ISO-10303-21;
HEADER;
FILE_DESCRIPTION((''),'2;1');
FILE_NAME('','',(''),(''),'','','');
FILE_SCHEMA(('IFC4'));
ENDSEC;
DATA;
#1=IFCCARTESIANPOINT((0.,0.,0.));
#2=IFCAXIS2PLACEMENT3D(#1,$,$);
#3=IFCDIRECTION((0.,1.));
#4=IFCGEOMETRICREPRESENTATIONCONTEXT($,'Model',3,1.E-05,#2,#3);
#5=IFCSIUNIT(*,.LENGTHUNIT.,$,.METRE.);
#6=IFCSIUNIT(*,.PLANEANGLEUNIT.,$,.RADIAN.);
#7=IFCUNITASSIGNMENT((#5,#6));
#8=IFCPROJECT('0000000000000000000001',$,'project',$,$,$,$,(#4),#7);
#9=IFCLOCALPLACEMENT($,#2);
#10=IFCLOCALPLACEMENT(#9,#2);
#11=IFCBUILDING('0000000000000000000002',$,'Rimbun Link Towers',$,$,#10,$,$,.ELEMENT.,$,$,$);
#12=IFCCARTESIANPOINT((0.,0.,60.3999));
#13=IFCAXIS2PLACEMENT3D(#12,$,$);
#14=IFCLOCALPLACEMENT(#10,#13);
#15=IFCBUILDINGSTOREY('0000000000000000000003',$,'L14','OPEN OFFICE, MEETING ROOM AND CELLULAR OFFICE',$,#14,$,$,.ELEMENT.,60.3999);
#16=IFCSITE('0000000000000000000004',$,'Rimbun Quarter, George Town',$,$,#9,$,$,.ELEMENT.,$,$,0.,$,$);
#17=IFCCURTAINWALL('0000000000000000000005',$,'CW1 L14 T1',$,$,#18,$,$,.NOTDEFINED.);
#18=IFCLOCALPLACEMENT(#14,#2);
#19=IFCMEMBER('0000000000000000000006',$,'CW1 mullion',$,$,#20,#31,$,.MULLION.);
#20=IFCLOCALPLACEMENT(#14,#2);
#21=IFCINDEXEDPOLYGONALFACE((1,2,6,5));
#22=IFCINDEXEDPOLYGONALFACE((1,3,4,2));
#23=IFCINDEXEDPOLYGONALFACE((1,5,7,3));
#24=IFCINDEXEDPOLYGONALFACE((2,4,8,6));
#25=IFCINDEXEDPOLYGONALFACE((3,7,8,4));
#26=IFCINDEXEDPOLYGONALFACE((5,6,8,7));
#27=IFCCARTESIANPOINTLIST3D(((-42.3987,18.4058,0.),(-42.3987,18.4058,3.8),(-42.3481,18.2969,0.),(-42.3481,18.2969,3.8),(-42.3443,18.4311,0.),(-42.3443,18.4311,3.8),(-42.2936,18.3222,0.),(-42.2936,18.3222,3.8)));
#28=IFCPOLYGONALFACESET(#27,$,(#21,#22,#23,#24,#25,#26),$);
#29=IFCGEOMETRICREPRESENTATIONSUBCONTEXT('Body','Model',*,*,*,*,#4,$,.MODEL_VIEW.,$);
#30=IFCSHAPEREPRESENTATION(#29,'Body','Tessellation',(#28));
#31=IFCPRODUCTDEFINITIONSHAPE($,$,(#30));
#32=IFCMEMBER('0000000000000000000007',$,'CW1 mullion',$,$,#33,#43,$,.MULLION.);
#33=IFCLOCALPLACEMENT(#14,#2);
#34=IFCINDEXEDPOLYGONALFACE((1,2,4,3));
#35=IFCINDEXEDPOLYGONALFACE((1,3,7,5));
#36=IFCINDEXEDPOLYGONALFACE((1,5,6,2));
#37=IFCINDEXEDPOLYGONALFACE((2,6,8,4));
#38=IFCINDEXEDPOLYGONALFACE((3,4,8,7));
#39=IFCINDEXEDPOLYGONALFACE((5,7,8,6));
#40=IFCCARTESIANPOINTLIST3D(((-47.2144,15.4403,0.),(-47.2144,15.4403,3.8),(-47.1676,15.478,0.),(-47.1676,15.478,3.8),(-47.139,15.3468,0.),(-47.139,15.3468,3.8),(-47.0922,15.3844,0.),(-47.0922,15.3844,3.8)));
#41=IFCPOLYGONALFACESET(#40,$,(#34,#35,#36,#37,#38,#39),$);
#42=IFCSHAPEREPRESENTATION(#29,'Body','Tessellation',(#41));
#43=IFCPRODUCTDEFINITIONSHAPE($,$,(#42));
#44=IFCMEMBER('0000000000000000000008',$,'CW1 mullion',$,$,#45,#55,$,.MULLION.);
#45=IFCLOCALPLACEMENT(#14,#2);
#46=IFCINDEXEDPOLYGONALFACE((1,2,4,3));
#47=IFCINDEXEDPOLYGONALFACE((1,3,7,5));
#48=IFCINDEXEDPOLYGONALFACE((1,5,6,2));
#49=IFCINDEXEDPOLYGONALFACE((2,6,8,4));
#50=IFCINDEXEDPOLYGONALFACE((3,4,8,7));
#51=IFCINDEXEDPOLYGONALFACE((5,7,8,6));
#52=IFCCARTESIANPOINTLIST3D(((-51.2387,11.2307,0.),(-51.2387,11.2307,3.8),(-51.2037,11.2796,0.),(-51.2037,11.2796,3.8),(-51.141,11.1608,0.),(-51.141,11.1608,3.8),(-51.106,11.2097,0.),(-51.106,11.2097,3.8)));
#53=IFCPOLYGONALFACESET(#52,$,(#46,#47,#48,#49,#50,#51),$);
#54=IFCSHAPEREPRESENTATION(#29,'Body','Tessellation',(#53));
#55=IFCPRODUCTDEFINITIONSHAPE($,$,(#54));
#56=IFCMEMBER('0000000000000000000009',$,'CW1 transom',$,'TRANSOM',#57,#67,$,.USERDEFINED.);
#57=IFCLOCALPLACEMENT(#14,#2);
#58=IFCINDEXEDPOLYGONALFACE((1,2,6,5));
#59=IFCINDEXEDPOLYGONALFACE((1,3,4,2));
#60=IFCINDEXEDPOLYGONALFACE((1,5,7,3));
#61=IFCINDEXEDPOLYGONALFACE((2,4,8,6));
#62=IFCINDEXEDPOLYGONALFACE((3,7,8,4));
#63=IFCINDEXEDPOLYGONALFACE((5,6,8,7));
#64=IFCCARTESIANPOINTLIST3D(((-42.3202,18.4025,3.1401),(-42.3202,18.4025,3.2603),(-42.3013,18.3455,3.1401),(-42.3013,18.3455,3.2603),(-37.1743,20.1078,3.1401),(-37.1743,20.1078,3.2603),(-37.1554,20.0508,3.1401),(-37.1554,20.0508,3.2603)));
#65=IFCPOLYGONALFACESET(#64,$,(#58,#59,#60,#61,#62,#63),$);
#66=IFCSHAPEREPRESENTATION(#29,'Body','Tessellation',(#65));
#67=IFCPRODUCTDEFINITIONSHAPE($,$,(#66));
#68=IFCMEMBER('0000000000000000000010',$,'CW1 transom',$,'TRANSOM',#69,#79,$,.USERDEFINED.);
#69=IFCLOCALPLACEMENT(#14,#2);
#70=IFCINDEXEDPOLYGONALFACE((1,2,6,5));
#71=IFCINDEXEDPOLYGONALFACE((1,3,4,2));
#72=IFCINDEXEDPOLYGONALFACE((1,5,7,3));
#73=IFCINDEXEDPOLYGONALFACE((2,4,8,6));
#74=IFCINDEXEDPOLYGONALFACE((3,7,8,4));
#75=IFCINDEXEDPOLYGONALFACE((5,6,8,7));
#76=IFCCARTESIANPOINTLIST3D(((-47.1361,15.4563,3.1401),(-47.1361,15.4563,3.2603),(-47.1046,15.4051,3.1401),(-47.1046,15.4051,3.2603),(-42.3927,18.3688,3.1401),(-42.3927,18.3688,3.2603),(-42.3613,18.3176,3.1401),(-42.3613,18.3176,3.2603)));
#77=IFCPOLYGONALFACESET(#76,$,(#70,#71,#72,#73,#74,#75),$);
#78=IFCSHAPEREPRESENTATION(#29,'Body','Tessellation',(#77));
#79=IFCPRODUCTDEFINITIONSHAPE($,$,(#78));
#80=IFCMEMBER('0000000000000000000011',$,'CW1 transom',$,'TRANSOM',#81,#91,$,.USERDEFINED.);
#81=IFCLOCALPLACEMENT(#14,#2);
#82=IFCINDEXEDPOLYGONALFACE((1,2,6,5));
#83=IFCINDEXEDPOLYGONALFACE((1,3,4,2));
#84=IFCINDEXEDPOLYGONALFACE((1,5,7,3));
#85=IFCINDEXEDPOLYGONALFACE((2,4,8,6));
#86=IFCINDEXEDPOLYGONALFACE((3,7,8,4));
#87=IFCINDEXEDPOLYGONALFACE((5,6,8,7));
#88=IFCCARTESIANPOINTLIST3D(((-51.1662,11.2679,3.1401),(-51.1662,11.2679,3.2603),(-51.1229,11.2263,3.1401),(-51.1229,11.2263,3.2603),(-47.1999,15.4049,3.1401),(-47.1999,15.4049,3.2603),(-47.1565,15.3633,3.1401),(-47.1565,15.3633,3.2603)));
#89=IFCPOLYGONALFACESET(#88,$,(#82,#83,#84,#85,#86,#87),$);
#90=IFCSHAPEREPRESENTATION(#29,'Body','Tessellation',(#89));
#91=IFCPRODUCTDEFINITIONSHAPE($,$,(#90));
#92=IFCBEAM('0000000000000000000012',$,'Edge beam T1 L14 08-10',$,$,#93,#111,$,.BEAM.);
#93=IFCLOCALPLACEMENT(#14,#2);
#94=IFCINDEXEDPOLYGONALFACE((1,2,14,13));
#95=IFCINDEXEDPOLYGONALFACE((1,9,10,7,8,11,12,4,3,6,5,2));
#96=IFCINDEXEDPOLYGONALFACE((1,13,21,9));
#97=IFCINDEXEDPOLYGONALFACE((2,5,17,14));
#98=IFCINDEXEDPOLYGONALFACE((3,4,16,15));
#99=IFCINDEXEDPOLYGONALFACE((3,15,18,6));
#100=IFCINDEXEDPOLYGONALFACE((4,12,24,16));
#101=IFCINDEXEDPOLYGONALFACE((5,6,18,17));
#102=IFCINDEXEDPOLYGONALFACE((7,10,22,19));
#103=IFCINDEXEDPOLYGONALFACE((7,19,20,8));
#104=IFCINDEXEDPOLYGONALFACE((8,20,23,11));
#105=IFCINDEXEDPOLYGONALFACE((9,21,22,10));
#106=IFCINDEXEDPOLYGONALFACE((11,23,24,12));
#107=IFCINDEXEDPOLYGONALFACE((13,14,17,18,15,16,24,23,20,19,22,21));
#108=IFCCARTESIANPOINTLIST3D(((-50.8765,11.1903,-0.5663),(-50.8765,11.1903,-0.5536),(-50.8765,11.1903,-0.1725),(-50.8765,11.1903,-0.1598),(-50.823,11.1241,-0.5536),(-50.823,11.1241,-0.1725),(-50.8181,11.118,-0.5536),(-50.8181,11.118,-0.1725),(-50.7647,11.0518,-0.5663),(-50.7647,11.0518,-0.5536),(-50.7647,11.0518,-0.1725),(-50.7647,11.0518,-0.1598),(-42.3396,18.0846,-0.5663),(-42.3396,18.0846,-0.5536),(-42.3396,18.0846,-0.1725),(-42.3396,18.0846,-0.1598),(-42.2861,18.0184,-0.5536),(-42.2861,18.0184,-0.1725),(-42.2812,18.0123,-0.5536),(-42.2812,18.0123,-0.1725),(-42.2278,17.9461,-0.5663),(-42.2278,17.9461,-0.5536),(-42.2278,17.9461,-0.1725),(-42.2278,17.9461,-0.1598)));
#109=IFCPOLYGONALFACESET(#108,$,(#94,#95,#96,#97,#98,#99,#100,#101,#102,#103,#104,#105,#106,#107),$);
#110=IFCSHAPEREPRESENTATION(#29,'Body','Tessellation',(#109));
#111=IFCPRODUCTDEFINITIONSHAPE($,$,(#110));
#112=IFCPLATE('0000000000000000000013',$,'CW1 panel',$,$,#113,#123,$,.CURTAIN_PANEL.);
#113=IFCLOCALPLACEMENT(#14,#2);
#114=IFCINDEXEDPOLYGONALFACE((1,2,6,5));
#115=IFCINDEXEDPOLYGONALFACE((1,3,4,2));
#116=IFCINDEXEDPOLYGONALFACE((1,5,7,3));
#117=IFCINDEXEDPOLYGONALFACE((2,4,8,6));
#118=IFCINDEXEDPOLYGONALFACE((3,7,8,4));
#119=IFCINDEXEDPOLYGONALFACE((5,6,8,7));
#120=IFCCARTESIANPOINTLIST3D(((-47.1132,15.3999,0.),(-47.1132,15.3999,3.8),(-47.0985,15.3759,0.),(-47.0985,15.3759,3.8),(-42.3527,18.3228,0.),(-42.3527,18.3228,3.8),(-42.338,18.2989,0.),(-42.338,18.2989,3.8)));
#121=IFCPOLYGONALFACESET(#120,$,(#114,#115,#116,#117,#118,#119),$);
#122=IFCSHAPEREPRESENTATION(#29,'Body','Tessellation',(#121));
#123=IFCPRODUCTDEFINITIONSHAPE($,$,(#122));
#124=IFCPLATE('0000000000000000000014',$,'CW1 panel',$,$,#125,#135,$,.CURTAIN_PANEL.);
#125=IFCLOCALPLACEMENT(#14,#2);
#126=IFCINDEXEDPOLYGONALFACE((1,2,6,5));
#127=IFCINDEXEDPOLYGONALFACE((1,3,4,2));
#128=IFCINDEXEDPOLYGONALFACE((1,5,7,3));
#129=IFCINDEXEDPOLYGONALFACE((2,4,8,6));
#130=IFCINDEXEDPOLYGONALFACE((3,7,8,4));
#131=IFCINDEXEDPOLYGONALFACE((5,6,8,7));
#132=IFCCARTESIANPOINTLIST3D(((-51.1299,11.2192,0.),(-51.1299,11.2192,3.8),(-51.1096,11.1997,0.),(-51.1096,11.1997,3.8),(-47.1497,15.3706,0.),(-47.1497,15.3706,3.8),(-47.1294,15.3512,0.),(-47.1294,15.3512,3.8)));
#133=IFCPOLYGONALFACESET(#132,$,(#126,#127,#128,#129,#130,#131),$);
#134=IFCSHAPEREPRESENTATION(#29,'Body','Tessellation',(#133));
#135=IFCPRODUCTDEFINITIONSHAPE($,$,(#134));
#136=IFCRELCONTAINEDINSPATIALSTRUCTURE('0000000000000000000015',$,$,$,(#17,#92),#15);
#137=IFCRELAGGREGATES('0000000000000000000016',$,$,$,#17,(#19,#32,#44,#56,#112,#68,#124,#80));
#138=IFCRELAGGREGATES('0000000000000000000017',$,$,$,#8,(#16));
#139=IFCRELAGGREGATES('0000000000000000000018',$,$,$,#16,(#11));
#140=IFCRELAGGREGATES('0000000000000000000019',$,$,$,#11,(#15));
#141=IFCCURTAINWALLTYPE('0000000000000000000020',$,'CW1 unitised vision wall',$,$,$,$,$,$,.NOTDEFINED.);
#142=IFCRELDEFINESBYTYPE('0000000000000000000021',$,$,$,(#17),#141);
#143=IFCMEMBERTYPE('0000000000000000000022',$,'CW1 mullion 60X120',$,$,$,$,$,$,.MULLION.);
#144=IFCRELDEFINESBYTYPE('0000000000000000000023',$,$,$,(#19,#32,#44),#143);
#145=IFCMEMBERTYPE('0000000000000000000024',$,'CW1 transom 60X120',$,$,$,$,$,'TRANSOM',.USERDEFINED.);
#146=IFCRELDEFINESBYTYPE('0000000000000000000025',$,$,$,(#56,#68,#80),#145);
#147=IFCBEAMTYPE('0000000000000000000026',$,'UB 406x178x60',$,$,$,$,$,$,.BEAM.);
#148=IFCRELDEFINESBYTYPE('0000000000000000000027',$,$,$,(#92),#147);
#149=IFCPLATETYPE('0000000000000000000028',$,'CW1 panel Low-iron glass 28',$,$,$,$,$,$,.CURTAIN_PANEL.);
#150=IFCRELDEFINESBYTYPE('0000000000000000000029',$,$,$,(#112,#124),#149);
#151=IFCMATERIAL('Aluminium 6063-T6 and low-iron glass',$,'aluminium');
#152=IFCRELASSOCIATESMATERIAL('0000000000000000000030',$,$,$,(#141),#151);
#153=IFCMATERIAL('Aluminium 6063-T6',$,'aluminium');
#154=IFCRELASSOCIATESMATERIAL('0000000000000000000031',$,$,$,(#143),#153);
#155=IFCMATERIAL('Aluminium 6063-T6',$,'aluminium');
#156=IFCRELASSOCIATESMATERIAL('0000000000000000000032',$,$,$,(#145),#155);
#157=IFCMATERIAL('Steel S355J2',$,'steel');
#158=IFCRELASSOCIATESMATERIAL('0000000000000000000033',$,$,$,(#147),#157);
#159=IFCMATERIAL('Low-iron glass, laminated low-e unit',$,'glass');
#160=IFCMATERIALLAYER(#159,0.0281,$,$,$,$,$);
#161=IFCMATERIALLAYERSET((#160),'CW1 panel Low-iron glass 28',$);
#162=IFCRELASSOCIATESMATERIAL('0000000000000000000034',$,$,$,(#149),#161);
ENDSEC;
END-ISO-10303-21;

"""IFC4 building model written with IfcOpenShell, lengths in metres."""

from ifc_helpers import new_model, si_unit, direction, frame, origin, origin_2d, place, context, subcontext, project, spatial, rectangle, i_section, extrude, material, layer, layer_set, material_profile, profile_set, type_object, element, aggregate, save


model = new_model("IFC4")

# Units and contexts
model_context = context("Model", 3, precision=1e-05, world=origin(), true_north=direction((0.0, 1.0)))
body_context = subcontext(model_context, "Body", "Model", "MODEL_VIEW")
ifc_project = project(units=[si_unit("LENGTHUNIT", "METRE"), si_unit("PLANEANGLEUNIT", "RADIAN")], contexts=[model_context])

# Site, building, storey
site_placement = place(None, origin())
site = spatial("IfcSite", under=ifc_project, at=site_placement, Name="Rimbun Quarter, George Town", CompositionType="ELEMENT", RefElevation=0.0)
building_placement = place(site_placement, origin())
building = spatial("IfcBuilding", under=site, at=building_placement, Name="Rimbun Link Towers", CompositionType="ELEMENT")
storey_placement = place(building_placement, frame((0.0, 0.0, 60.3999)))
storey = spatial("IfcBuildingStorey", under=building, at=storey_placement, Name="L14", Description="OPEN OFFICE, MEETING ROOM AND CELLULAR OFFICE", CompositionType="ELEMENT", Elevation=60.3999)

# Curtain wall, members
ifc_material_1 = material(Name="Aluminium 6063-T6 and low-iron glass", Category="aluminium")
curtain_wall_type = type_object("IfcCurtainWallType", Name="CW1 unitised vision wall", PredefinedType="NOTDEFINED", material=ifc_material_1)
curtain_wall_placement = place(storey_placement, origin())
curtain_wall = element("IfcCurtainWall", 1, at=curtain_wall_placement, inside=storey, type_object=curtain_wall_type, Name="CW1 L14 T1", PredefinedType="NOTDEFINED")
ifc_material_2 = material(Name="Aluminium 6063-T6", Category="aluminium")
ifc_material_profile_1 = material_profile(ifc_material_2, rectangle(XDim=0.1201, YDim=0.0601, at=origin_2d()), Name="MULLION 60X120")
ifc_profile_set_1 = profile_set([ifc_material_profile_1], Name="Aluminium 6063-T6")
member_type_1 = type_object("IfcMemberType", Name="CW1 mullion 60X120", PredefinedType="MULLION", material=ifc_profile_set_1)
member_1_placement = place(storey_placement, frame((-42.3462, 18.364, 0.0), z_axis=(0.0, 0.0, 1.0), x_axis=(-0.421705, 0.906733, 0.0)))
member_1 = element("IfcMember", 2, at=member_1_placement, type_object=member_type_1, Name="CW1 mullion", PredefinedType="MULLION", context=body_context, shape_type="SweptSolid", body=[
    extrude(rectangle(XDim=0.1201, YDim=0.0601, at=origin_2d()), origin(), (0.0, 0.0, 1.0), 3.8),
])
member_2_placement = place(storey_placement, frame((-47.1533, 15.4124, 0.0), z_axis=(0.0, 0.0, 1.0), x_axis=(-0.627666, 0.778483, 0.0)))
member_2 = element("IfcMember", 3, at=member_2_placement, type_object=member_type_1, Name="CW1 mullion", PredefinedType="MULLION", context=body_context, shape_type="SweptSolid", body=[
    extrude(rectangle(XDim=0.1201, YDim=0.0601, at=origin_2d()), origin(), (0.0, 0.0, 1.0), 3.8),
])
member_3_placement = place(storey_placement, frame((-51.1724, 11.2202, 0.0), z_axis=(0.0, 0.0, 1.0), x_axis=(-0.813348, 0.581777, 0.0)))
member_3 = element("IfcMember", 4, at=member_3_placement, type_object=member_type_1, Name="CW1 mullion", PredefinedType="MULLION", context=body_context, shape_type="SweptSolid", body=[
    extrude(rectangle(XDim=0.1201, YDim=0.0601, at=origin_2d()), origin(), (0.0, 0.0, 1.0), 3.8),
])
ifc_material_3 = material(Name="Aluminium 6063-T6", Category="aluminium")
ifc_material_profile_2 = material_profile(ifc_material_3, rectangle(XDim=0.0601, YDim=0.1201, at=origin_2d()), Name="TRANSOM 60X120")
ifc_profile_set_2 = profile_set([ifc_material_profile_2], Name="Aluminium 6063-T6")
member_type_2 = type_object("IfcMemberType", Name="CW1 transom 60X120", ElementType="TRANSOM", PredefinedType="USERDEFINED", material=ifc_profile_set_2)
member_4_placement = place(storey_placement, frame((-42.3108, 18.374, 3.2002), z_axis=(0.949236, 0.314566, 0.0), x_axis=(-0.314566, 0.949236, 0.0)))
member_4 = element("IfcMember", 5, at=member_4_placement, type_object=member_type_2, Name="CW1 transom", ObjectType="TRANSOM", PredefinedType="USERDEFINED", context=body_context, shape_type="SweptSolid", body=[
    extrude(rectangle(XDim=0.0601, YDim=0.1201, at=origin_2d()), origin(), (0.0, 0.0, 1.0), 5.4211),
])
member_5_placement = place(storey_placement, frame((-47.1204, 15.4307, 3.2002), z_axis=(0.852173, 0.52326, 0.0), x_axis=(-0.52326, 0.852173, 0.0)))
member_5 = element("IfcMember", 6, at=member_5_placement, type_object=member_type_2, Name="CW1 transom", ObjectType="TRANSOM", PredefinedType="USERDEFINED", context=body_context, shape_type="SweptSolid", body=[
    extrude(rectangle(XDim=0.0601, YDim=0.1201, at=origin_2d()), origin(), (0.0, 0.0, 1.0), 5.5662),
])
member_6_placement = place(storey_placement, frame((-51.1445, 11.2471, 3.2002), z_axis=(0.692062, 0.721838, 0.0), x_axis=(-0.721838, 0.692062, 0.0)))
member_6 = element("IfcMember", 7, at=member_6_placement, type_object=member_type_2, Name="CW1 transom", ObjectType="TRANSOM", PredefinedType="USERDEFINED", context=body_context, shape_type="SweptSolid", body=[
    extrude(rectangle(XDim=0.0601, YDim=0.1201, at=origin_2d()), origin(), (0.0, 0.0, 1.0), 5.7312),
])

# Beam
ifc_material_4 = material(Name="Steel S355J2", Category="steel")
ifc_material_profile_3 = material_profile(ifc_material_4, i_section(OverallWidth=0.178, OverallDepth=0.4065, WebThickness=0.0078, FlangeThickness=0.0127, at=origin_2d()), Name="UB 406x178x60")
ifc_profile_set_3 = profile_set([ifc_material_profile_3], Name="Steel S355J2")
beam_type = type_object("IfcBeamType", Name="UB 406x178x60", PredefinedType="BEAM", material=ifc_profile_set_3)
beam_placement = place(storey_placement, frame((-42.2837, 18.0154, -0.363), z_axis=(-0.77798, -0.628289, 0.0), x_axis=(0.628289, -0.77798, 0.0)))
element("IfcBeam", 8, at=beam_placement, inside=storey, type_object=beam_type, Name="Edge beam T1 L14 08-10", PredefinedType="BEAM", context=body_context, shape_type="SweptSolid", body=[
    extrude(i_section(OverallWidth=0.178, OverallDepth=0.4065, WebThickness=0.0078, FlangeThickness=0.0127, at=origin_2d()), origin(), (0.0, 0.0, 1.0), 10.9731),
])

# Plates
ifc_material_5 = material(Name="Low-iron glass, laminated low-e unit", Category="glass")
ifc_layer_1 = layer(ifc_material_5, 0.0281)
ifc_layer_set_1 = layer_set([ifc_layer_1], Name="CW1 panel Low-iron glass 28")
plate_type = type_object("IfcPlateType", Name="CW1 panel Low-iron glass 28", PredefinedType="CURTAIN_PANEL", material=ifc_layer_set_1)
plate_1_placement = place(storey_placement, frame((-44.7256, 16.8494, 0.0), z_axis=(0.0, 0.0, 1.0), x_axis=(0.852183, 0.523243, 0.0)))
plate_1 = element("IfcPlate", 9, at=plate_1_placement, type_object=plate_type, Name="CW1 panel", PredefinedType="CURTAIN_PANEL", context=body_context, shape_type="SweptSolid", body=[
    extrude(rectangle(XDim=5.5862, YDim=0.0281, at=origin_2d()), origin(), (0.0, 0.0, 1.0), 3.8),
])
plate_2_placement = place(storey_placement, frame((-49.1296, 13.2852, 0.0), z_axis=(0.0, 0.0, 1.0), x_axis=(0.692065, 0.721835, 0.0)))
plate_2 = element("IfcPlate", 10, at=plate_2_placement, type_object=plate_type, Name="CW1 panel", PredefinedType="CURTAIN_PANEL", context=body_context, shape_type="SweptSolid", body=[
    extrude(rectangle(XDim=5.7512, YDim=0.0281, at=origin_2d()), origin(), (0.0, 0.0, 1.0), 3.8),
])
aggregate(curtain_wall, [member_1, member_2, member_3, member_4, plate_1, member_5, plate_2, member_6])

save(model, "model.ifc")
